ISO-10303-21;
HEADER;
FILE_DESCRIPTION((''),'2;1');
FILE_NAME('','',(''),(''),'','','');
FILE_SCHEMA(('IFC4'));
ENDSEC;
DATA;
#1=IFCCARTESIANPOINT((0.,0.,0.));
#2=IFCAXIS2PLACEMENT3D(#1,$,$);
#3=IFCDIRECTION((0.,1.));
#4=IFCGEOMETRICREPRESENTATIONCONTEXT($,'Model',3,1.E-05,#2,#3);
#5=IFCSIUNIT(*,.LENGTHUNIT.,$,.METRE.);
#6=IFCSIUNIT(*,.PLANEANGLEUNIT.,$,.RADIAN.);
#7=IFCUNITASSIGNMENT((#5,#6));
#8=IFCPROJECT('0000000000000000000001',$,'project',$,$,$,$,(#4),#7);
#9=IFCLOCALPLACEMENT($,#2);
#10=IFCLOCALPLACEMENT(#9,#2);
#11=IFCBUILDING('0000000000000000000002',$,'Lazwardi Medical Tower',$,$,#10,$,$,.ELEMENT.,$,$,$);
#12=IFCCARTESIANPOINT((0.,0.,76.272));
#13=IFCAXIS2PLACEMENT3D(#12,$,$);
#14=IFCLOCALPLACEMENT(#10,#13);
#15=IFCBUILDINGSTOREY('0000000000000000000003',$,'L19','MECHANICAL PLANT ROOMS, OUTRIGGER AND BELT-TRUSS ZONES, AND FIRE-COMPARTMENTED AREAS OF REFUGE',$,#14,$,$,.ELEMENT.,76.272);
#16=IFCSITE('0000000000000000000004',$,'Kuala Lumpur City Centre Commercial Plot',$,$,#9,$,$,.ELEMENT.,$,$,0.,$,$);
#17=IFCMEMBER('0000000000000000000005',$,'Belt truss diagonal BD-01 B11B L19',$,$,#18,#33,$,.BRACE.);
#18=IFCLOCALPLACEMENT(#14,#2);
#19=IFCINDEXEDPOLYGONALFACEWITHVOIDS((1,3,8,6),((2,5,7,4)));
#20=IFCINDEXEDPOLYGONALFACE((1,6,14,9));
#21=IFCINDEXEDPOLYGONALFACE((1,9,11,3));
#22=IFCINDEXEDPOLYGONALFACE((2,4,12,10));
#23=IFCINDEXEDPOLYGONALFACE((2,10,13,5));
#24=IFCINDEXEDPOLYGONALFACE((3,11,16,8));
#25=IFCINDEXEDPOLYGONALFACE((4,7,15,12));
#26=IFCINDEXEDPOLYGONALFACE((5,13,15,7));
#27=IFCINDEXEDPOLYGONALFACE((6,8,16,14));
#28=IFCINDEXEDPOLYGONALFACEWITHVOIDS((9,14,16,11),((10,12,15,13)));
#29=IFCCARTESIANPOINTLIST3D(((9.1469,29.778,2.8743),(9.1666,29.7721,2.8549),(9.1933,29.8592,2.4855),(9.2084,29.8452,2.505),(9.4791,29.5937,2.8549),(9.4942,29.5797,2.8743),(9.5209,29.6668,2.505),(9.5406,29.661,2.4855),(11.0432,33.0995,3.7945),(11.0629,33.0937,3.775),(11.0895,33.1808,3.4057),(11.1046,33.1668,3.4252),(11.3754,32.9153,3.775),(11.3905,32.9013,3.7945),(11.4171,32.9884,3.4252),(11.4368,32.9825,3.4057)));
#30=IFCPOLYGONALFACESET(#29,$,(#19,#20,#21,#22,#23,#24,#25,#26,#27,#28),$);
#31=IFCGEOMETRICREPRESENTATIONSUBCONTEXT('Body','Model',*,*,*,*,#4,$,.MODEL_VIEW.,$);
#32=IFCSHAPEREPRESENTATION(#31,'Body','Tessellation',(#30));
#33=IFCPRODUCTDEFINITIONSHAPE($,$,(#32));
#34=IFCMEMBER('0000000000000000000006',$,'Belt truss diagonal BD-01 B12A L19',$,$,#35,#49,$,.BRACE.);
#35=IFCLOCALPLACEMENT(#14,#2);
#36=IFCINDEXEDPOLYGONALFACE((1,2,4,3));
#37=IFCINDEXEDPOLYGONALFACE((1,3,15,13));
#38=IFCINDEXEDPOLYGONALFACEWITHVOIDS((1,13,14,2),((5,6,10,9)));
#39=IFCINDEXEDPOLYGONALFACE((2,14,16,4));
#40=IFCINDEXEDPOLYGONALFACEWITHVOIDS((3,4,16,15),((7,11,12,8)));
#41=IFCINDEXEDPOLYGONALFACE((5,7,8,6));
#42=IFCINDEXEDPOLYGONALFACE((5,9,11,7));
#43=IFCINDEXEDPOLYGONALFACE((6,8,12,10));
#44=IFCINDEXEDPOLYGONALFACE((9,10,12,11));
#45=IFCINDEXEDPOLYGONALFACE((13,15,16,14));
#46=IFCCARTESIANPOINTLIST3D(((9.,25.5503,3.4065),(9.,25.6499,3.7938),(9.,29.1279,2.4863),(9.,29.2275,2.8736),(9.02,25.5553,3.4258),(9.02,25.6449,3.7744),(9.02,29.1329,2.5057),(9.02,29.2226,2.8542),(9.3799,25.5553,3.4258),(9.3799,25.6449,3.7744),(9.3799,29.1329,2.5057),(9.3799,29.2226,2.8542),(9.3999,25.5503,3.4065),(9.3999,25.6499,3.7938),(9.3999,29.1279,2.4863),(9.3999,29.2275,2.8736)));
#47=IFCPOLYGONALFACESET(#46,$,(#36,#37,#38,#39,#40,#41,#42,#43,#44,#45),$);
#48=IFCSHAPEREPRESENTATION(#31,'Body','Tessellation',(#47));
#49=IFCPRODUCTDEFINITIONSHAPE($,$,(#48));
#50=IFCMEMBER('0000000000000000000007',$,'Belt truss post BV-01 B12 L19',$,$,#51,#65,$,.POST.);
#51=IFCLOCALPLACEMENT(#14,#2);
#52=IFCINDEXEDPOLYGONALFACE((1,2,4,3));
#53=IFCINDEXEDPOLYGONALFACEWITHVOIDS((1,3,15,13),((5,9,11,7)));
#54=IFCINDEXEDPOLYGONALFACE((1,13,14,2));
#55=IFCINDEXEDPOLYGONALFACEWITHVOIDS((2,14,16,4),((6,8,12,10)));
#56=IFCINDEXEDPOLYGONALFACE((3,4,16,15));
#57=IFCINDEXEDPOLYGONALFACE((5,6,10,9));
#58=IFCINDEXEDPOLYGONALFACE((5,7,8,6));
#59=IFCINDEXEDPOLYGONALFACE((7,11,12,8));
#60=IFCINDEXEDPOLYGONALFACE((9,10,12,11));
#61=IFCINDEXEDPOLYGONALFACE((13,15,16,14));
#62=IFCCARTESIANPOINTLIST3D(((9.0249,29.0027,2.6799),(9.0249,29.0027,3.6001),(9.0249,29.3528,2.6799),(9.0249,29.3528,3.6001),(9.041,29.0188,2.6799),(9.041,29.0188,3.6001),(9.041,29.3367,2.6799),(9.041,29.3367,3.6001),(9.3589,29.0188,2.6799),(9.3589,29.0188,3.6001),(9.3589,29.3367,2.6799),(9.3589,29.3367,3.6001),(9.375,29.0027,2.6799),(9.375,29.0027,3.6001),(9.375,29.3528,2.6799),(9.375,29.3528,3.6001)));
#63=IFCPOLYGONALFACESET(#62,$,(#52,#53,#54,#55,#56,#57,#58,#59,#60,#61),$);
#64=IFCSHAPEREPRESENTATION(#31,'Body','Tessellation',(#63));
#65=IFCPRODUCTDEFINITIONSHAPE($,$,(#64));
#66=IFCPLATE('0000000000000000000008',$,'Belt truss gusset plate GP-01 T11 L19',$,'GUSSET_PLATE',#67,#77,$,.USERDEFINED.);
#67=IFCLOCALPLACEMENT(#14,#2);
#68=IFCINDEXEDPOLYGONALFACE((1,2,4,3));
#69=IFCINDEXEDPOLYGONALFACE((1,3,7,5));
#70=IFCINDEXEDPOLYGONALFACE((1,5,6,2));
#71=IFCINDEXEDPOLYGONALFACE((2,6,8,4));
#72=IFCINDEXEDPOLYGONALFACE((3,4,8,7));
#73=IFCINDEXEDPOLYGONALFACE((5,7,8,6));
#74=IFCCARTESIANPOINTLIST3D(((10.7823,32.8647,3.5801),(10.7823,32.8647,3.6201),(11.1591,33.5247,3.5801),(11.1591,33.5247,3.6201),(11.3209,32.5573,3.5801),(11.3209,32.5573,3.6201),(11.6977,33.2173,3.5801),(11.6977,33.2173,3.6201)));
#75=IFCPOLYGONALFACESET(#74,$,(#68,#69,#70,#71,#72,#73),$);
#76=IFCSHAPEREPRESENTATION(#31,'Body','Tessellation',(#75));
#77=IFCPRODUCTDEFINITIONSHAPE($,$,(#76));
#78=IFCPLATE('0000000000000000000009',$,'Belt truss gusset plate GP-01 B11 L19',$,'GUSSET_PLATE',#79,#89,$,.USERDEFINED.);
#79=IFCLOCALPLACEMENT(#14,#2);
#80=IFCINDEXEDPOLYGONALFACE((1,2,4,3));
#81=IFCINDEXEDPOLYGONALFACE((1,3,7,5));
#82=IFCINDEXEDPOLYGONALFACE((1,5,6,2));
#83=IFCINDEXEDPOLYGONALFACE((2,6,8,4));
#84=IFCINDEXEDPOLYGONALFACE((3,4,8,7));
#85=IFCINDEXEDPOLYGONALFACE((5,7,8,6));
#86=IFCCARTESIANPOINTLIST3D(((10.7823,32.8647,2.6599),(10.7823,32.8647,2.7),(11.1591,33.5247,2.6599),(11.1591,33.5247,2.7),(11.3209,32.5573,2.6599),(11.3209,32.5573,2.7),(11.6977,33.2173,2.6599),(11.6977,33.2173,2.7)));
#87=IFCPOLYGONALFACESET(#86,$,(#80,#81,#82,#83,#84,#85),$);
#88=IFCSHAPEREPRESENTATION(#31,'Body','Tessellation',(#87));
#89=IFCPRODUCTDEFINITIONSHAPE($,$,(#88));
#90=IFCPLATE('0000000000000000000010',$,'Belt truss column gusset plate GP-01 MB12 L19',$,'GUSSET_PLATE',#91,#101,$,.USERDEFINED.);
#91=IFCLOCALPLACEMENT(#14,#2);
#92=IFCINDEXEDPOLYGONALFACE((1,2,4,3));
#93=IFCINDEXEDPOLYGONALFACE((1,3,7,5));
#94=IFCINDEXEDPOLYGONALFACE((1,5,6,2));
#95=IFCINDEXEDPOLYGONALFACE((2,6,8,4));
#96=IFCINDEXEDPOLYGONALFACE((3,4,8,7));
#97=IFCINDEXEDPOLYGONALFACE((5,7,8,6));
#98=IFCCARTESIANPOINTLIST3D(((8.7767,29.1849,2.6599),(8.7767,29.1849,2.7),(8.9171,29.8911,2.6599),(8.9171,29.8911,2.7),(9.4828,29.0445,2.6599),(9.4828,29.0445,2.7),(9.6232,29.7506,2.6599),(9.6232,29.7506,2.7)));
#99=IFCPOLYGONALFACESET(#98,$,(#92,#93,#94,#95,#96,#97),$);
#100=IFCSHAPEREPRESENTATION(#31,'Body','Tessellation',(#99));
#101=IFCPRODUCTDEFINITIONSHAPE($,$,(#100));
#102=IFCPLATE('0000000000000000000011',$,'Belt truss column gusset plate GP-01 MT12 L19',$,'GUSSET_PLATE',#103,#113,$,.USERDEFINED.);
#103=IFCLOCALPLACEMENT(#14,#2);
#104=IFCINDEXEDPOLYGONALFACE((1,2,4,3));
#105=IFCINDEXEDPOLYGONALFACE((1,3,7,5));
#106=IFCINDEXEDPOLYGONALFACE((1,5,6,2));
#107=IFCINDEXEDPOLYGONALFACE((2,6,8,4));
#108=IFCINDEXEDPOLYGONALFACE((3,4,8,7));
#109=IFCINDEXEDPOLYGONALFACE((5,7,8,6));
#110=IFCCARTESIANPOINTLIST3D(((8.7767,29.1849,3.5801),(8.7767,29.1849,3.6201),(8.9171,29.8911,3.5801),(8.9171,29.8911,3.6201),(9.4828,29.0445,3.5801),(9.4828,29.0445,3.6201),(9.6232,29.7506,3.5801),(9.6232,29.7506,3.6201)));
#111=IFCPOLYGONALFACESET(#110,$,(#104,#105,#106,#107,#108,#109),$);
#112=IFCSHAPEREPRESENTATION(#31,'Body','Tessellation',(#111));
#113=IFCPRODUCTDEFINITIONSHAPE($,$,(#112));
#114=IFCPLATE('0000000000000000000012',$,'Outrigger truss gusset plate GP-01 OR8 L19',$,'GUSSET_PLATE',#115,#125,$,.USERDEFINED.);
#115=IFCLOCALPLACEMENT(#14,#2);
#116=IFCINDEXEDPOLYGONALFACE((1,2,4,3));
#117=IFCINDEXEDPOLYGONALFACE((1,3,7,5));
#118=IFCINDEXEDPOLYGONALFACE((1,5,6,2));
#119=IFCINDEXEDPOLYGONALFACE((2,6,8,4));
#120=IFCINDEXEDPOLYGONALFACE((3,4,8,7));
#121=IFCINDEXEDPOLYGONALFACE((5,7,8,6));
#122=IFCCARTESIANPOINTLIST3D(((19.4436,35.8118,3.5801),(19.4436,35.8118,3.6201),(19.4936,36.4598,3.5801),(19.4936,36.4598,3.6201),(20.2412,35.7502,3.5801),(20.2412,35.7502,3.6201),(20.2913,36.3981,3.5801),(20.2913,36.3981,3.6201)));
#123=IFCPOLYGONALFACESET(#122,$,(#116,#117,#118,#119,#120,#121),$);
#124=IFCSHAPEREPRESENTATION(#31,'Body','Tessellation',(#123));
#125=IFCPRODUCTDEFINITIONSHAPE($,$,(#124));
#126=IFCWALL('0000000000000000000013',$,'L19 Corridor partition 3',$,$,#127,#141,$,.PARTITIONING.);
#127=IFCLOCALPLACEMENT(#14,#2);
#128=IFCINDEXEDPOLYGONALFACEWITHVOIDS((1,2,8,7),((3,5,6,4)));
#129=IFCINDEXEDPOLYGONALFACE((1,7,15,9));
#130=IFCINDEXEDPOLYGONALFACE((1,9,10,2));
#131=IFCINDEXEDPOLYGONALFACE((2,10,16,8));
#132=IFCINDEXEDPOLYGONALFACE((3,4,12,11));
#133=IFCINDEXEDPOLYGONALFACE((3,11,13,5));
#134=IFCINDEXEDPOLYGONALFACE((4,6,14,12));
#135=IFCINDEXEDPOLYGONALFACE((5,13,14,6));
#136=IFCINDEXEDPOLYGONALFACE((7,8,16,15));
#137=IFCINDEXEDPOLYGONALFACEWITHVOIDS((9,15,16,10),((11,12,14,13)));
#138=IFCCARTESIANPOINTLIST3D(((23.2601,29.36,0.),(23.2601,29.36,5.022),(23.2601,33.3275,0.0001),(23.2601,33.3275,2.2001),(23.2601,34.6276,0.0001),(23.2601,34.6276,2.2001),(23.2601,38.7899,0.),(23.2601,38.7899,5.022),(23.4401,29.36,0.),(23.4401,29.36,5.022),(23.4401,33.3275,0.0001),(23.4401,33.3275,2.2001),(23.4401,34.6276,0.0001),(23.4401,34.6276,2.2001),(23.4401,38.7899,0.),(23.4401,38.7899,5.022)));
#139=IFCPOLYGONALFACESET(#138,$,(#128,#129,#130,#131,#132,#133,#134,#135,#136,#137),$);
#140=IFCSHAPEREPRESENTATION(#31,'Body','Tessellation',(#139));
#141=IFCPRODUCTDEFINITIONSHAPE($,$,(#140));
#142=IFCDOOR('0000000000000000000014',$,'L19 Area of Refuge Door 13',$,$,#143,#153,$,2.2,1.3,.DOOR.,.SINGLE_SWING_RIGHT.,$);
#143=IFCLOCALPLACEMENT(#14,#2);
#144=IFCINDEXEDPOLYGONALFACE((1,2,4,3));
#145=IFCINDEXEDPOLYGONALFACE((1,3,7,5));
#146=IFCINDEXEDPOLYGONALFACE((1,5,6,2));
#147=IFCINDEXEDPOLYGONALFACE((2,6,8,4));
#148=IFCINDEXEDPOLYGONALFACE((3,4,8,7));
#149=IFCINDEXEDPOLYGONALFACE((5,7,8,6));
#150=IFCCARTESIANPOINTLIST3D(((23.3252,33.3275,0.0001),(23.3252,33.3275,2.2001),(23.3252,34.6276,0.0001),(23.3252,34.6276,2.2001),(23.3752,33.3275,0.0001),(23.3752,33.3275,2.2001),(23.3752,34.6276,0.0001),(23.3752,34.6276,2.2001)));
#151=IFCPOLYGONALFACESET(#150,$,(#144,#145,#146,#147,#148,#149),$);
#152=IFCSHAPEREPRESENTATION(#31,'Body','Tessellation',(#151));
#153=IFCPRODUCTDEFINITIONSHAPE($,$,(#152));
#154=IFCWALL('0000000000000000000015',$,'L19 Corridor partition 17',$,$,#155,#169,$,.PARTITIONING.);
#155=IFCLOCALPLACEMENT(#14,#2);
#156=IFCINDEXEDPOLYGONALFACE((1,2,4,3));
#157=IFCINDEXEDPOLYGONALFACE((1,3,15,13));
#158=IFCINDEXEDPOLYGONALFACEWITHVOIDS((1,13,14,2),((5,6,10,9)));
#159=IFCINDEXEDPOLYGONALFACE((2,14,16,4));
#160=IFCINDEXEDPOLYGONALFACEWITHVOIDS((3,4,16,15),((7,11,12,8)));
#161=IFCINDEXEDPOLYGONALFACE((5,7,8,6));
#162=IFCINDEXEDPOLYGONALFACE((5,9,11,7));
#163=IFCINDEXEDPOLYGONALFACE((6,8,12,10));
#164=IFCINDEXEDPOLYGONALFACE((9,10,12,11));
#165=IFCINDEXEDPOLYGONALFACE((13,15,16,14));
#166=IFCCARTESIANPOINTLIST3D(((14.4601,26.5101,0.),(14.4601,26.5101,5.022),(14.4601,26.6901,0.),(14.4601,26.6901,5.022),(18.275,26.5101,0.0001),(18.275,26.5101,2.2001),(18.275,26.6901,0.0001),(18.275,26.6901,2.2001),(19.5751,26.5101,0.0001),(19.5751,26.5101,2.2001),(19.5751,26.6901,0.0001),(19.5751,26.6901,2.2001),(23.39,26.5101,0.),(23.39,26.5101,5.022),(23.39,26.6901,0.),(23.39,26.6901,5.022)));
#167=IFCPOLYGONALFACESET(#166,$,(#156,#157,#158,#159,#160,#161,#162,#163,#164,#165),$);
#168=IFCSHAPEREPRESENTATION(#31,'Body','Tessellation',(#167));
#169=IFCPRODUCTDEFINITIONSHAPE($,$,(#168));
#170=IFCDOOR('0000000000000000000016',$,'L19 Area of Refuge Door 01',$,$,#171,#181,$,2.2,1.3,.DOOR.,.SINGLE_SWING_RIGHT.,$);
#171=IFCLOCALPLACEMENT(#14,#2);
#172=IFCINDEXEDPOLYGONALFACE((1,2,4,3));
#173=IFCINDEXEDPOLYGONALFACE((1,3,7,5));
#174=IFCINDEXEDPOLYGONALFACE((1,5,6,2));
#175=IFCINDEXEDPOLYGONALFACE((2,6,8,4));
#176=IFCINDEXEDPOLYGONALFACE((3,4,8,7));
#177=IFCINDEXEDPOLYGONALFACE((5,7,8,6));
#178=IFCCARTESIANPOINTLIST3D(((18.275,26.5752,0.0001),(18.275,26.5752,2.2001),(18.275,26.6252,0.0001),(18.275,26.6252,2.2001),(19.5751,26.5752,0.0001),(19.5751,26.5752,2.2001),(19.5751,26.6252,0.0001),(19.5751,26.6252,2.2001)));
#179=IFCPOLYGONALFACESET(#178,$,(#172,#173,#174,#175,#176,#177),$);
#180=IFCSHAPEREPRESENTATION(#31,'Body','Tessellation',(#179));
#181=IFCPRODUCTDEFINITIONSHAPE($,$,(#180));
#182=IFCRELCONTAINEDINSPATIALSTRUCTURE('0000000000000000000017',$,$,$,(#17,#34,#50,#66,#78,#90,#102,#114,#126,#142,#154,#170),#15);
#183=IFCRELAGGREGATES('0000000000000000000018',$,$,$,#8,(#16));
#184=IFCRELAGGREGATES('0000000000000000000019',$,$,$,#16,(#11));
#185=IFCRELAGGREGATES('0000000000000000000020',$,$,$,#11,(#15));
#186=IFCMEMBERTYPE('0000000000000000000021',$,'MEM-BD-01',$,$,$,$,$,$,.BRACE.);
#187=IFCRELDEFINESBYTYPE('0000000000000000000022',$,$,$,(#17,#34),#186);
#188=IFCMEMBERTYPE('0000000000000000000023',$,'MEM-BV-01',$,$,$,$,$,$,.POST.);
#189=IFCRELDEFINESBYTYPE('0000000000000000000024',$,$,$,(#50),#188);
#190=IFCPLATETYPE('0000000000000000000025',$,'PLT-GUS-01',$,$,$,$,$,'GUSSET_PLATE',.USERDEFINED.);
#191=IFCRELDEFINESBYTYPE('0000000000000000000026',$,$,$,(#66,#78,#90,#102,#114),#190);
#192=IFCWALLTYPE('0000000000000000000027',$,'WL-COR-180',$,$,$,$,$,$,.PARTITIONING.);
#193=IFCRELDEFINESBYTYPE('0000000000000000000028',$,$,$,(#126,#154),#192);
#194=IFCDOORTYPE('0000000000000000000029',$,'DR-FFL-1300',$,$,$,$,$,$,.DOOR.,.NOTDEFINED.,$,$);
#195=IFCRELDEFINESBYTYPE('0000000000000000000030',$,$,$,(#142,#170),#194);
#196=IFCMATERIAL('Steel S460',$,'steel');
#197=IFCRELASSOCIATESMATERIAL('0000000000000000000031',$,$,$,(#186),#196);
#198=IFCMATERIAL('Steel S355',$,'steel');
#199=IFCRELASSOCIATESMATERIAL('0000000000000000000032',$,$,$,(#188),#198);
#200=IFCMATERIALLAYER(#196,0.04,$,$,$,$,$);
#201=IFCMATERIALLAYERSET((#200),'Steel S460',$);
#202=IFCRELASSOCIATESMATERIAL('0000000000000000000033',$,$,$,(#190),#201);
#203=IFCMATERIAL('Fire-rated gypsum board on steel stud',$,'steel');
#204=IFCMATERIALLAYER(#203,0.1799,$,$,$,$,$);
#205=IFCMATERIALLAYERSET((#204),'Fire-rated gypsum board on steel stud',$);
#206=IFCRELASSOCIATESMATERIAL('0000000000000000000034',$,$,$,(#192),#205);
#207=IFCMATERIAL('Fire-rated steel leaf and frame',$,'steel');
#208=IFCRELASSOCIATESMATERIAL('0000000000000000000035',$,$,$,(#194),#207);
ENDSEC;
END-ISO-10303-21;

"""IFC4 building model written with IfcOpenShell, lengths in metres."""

from ifc_helpers import new_model, si_unit, direction, frame, frame_2d, origin, origin_2d, place, context, subcontext, project, spatial, rectangle, hollow_rectangle, extrude, material, layer, layer_set, material_profile, profile_set, type_object, element, fill, save


model = new_model("IFC4")

# Units and contexts
model_context = context("Model", 3, precision=1e-05, world=origin(), true_north=direction((0.0, 1.0)))
body_context = subcontext(model_context, "Body", "Model", "MODEL_VIEW")
ifc_project = project(units=[si_unit("LENGTHUNIT", "METRE"), si_unit("PLANEANGLEUNIT", "RADIAN")], contexts=[model_context])

# Site, building, storey
site_placement = place(None, origin())
site = spatial("IfcSite", under=ifc_project, at=site_placement, Name="Kuala Lumpur City Centre Commercial Plot", CompositionType="ELEMENT", RefElevation=0.0)
building_placement = place(site_placement, origin())
building = spatial("IfcBuilding", under=site, at=building_placement, Name="Lazwardi Medical Tower", CompositionType="ELEMENT")
storey_placement = place(building_placement, frame((0.0, 0.0, 76.272)))
storey = spatial("IfcBuildingStorey", under=building, at=storey_placement, Name="L19", Description="MECHANICAL PLANT ROOMS, OUTRIGGER AND BELT-TRUSS ZONES, AND FIRE-COMPARTMENTED AREAS OF REFUGE", CompositionType="ELEMENT", Elevation=76.272)

# Shared definitions
ifc_material_1 = material(Name="Steel S460", Category="steel")
ifc_material_2 = material(Name="Steel S355", Category="steel")

# Members
ifc_material_profile_1 = material_profile(ifc_material_1, hollow_rectangle(XDim=0.3999, YDim=0.3999, WallThickness=0.02, at=origin_2d()), Name="RHS 400x400x20")
ifc_profile_set_1 = profile_set([ifc_material_profile_1], Name="Steel S460")
member_type_1 = type_object("IfcMemberType", Name="MEM-BD-01", PredefinedType="BRACE", material=ifc_profile_set_1)
member_1_placement = place(storey_placement, frame((9.3438, 29.7195, 2.6799), z_axis=(0.482034, 0.844351, 0.233911), x_axis=(-0.868443, 0.495788, 0.0)))
element("IfcMember", 1, at=member_1_placement, inside=storey, type_object=member_type_1, Name="Belt truss diagonal BD-01 B11B L19", PredefinedType="BRACE", context=body_context, shape_type="SweptSolid", body=[
    extrude(hollow_rectangle(XDim=0.3999, YDim=0.3999, WallThickness=0.02, at=origin_2d()), origin(), (0.0, 0.0, 1.0), 3.9338),
])
member_2_placement = place(storey_placement, frame((9.2, 29.1777, 2.6799), z_axis=(0.0, -0.96848, 0.249092), x_axis=(1.0, 0.0, 0.0)))
element("IfcMember", 2, at=member_2_placement, inside=storey, type_object=member_type_1, Name="Belt truss diagonal BD-01 B12A L19", PredefinedType="BRACE", context=body_context, shape_type="SweptSolid", body=[
    extrude(hollow_rectangle(XDim=0.3999, YDim=0.3999, WallThickness=0.02, at=origin_2d()), origin(), (0.0, 0.0, 1.0), 3.6941),
])
ifc_material_profile_2 = material_profile(ifc_material_2, hollow_rectangle(XDim=0.3501, YDim=0.3501, WallThickness=0.0161, at=origin_2d()), Name="RHS 350x350x16")
ifc_profile_set_2 = profile_set([ifc_material_profile_2], Name="Steel S355")
member_type_2 = type_object("IfcMemberType", Name="MEM-BV-01", PredefinedType="POST", material=ifc_profile_set_2)
member_3_placement = place(storey_placement, frame((9.2, 29.1777, 2.6799), z_axis=(0.0, 0.0, 1.0), x_axis=(1.0, 0.0, 0.0)))
element("IfcMember", 3, at=member_3_placement, inside=storey, type_object=member_type_2, Name="Belt truss post BV-01 B12 L19", PredefinedType="POST", context=body_context, shape_type="SweptSolid", body=[
    extrude(hollow_rectangle(XDim=0.3501, YDim=0.3501, WallThickness=0.0161, at=origin_2d()), origin(), (0.0, 0.0, 1.0), 0.9202),
])

# Plates
ifc_layer_1 = layer(ifc_material_1, 0.04)
ifc_layer_set_1 = layer_set([ifc_layer_1], Name="Steel S460")
plate_type = type_object("IfcPlateType", Name="PLT-GUS-01", ElementType="GUSSET_PLATE", PredefinedType="USERDEFINED", material=ifc_layer_set_1)
for number, where, z_axis, x_axis, name in (
    (4, (11.24, 33.041, 3.5801), (0.0, 0.0, 1.0), (-0.495762, -0.868459, 0.0), "Belt truss gusset plate GP-01 T11 L19"),
    (5, (11.24, 33.041, 2.6599), (0.0, 0.0, 1.0), (-0.495762, -0.868459, 0.0), "Belt truss gusset plate GP-01 B11 L19"),
):
    element("IfcPlate", number, at=place(storey_placement, frame(where, z_axis=z_axis, x_axis=x_axis)), inside=storey, type_object=plate_type, Name=name, ObjectType="GUSSET_PLATE", PredefinedType="USERDEFINED", context=body_context, shape_type="SweptSolid", body=[
        extrude(rectangle(XDim=0.76, YDim=0.6201, at=origin_2d()), origin(), (0.0, 0.0, 1.0), 0.04),
    ])
for number, where, z_axis, x_axis, name in (
    (6, (9.2, 29.4678, 2.6599), (0.0, 0.0, 1.0), (-0.980785, 0.19509, 0.0), "Belt truss column gusset plate GP-01 MB12 L19"),
    (7, (9.2, 29.4678, 3.5801), (0.0, 0.0, 1.0), (-0.980785, 0.19509, 0.0), "Belt truss column gusset plate GP-01 MT12 L19"),
):
    element("IfcPlate", number, at=place(storey_placement, frame(where, z_axis=z_axis, x_axis=x_axis)), inside=storey, type_object=plate_type, Name=name, ObjectType="GUSSET_PLATE", PredefinedType="USERDEFINED", context=body_context, shape_type="SweptSolid", body=[
        extrude(rectangle(XDim=0.72, YDim=0.72, at=origin_2d()), origin(), (0.0, 0.0, 1.0), 0.04),
    ])
plate_placement = place(storey_placement, frame((19.8674, 36.105, 3.5801), z_axis=(0.0, 0.0, 1.0), x_axis=(-0.997026, 0.077067, 0.0)))
element("IfcPlate", 8, at=plate_placement, inside=storey, type_object=plate_type, Name="Outrigger truss gusset plate GP-01 OR8 L19", ObjectType="GUSSET_PLATE", PredefinedType="USERDEFINED", context=body_context, shape_type="SweptSolid", body=[
    extrude(rectangle(XDim=0.8, YDim=0.6499, at=origin_2d()), origin(), (0.0, 0.0, 1.0), 0.04),
])

# Shared definitions
ifc_material_3 = material(Name="Fire-rated gypsum board on steel stud", Category="steel")
ifc_layer_2 = layer(ifc_material_3, 0.1799)
ifc_layer_set_2 = layer_set([ifc_layer_2], Name="Fire-rated gypsum board on steel stud")
wall_type_1 = type_object("IfcWallType", Name="WL-COR-180", PredefinedType="PARTITIONING", material=ifc_layer_set_2)

# Walls, openings, doors
wall_1_placement = place(storey_placement, frame((23.3501, 29.3601, 0.0), z_axis=(0.0, 0.0, 1.0), x_axis=(0.0, 1.0, 0.0)))
wall_1 = element("IfcWall", 9, at=wall_1_placement, inside=storey, type_object=wall_type_1, Name="L19 Corridor partition 3", PredefinedType="PARTITIONING", context=body_context, shape_type="SweptSolid", body=[
    extrude(rectangle(XDim=9.4299, YDim=0.1799, at=frame_2d((4.7148, 0.0))), origin(), (0.0, 0.0, 1.0), 5.022),
])
opening_1_placement = place(wall_1_placement, frame((3.9675, 0.0, 0.0)))
opening_1 = element("IfcOpeningElement", 10, at=opening_1_placement, cuts=wall_1, PredefinedType="OPENING", context=body_context, shape_type="SweptSolid", body=[
    extrude(rectangle(XDim=1.3, YDim=2.2, at=frame_2d((0.6499, 1.1001))), frame((0.0, 0.0999, 0.0), z_axis=(0.0, -1.0, 0.0), x_axis=(1.0, 0.0, 0.0)), (0.0, 0.0, 1.0), 0.2),
])
ifc_material_4 = material(Name="Fire-rated steel leaf and frame", Category="steel")
door_type = type_object("IfcDoorType", Name="DR-FFL-1300", OperationType="NOTDEFINED", PredefinedType="DOOR", material=ifc_material_4)
door_1_placement = place(opening_1_placement, origin())
door_1 = element("IfcDoor", 11, at=door_1_placement, inside=storey, type_object=door_type, Name="L19 Area of Refuge Door 13", OperationType="SINGLE_SWING_RIGHT", OverallHeight=2.2, OverallWidth=1.3, PredefinedType="DOOR", context=body_context, shape_type="SweptSolid", body=[
    extrude(rectangle(XDim=1.3, YDim=2.2, at=frame_2d((0.6499, 1.1001))), frame((0.0, 0.0249, 0.0), z_axis=(0.0, -1.0, 0.0), x_axis=(1.0, 0.0, 0.0)), (0.0, 0.0, 1.0), 0.05),
])
fill(opening_1, door_1)
wall_2_placement = place(storey_placement, frame((23.3899, 26.6001, 0.0), z_axis=(0.0, 0.0, 1.0), x_axis=(-1.0, 0.0, 0.0)))
wall_2 = element("IfcWall", 12, at=wall_2_placement, inside=storey, type_object=wall_type_1, Name="L19 Corridor partition 17", PredefinedType="PARTITIONING", context=body_context, shape_type="SweptSolid", body=[
    extrude(rectangle(XDim=8.9299, YDim=0.1799, at=frame_2d((4.4648, 0.0))), origin(), (0.0, 0.0, 1.0), 5.022),
])
opening_2_placement = place(wall_2_placement, frame((3.8149, 0.0, 0.0)))
opening_2 = element("IfcOpeningElement", 13, at=opening_2_placement, cuts=wall_2, PredefinedType="OPENING", context=body_context, shape_type="SweptSolid", body=[
    extrude(rectangle(XDim=1.3, YDim=2.2, at=frame_2d((0.6499, 1.1001))), frame((0.0, 0.0999, 0.0), z_axis=(0.0, -1.0, 0.0), x_axis=(1.0, 0.0, 0.0)), (0.0, 0.0, 1.0), 0.2),
])
door_2_placement = place(opening_2_placement, origin())
door_2 = element("IfcDoor", 14, at=door_2_placement, inside=storey, type_object=door_type, Name="L19 Area of Refuge Door 01", OperationType="SINGLE_SWING_RIGHT", OverallHeight=2.2, OverallWidth=1.3, PredefinedType="DOOR", context=body_context, shape_type="SweptSolid", body=[
    extrude(rectangle(XDim=1.3, YDim=2.2, at=frame_2d((0.6499, 1.1001))), frame((0.0, 0.0249, 0.0), z_axis=(0.0, -1.0, 0.0), x_axis=(1.0, 0.0, 0.0)), (0.0, 0.0, 1.0), 0.05),
])
fill(opening_2, door_2)

save(model, "model.ifc")
